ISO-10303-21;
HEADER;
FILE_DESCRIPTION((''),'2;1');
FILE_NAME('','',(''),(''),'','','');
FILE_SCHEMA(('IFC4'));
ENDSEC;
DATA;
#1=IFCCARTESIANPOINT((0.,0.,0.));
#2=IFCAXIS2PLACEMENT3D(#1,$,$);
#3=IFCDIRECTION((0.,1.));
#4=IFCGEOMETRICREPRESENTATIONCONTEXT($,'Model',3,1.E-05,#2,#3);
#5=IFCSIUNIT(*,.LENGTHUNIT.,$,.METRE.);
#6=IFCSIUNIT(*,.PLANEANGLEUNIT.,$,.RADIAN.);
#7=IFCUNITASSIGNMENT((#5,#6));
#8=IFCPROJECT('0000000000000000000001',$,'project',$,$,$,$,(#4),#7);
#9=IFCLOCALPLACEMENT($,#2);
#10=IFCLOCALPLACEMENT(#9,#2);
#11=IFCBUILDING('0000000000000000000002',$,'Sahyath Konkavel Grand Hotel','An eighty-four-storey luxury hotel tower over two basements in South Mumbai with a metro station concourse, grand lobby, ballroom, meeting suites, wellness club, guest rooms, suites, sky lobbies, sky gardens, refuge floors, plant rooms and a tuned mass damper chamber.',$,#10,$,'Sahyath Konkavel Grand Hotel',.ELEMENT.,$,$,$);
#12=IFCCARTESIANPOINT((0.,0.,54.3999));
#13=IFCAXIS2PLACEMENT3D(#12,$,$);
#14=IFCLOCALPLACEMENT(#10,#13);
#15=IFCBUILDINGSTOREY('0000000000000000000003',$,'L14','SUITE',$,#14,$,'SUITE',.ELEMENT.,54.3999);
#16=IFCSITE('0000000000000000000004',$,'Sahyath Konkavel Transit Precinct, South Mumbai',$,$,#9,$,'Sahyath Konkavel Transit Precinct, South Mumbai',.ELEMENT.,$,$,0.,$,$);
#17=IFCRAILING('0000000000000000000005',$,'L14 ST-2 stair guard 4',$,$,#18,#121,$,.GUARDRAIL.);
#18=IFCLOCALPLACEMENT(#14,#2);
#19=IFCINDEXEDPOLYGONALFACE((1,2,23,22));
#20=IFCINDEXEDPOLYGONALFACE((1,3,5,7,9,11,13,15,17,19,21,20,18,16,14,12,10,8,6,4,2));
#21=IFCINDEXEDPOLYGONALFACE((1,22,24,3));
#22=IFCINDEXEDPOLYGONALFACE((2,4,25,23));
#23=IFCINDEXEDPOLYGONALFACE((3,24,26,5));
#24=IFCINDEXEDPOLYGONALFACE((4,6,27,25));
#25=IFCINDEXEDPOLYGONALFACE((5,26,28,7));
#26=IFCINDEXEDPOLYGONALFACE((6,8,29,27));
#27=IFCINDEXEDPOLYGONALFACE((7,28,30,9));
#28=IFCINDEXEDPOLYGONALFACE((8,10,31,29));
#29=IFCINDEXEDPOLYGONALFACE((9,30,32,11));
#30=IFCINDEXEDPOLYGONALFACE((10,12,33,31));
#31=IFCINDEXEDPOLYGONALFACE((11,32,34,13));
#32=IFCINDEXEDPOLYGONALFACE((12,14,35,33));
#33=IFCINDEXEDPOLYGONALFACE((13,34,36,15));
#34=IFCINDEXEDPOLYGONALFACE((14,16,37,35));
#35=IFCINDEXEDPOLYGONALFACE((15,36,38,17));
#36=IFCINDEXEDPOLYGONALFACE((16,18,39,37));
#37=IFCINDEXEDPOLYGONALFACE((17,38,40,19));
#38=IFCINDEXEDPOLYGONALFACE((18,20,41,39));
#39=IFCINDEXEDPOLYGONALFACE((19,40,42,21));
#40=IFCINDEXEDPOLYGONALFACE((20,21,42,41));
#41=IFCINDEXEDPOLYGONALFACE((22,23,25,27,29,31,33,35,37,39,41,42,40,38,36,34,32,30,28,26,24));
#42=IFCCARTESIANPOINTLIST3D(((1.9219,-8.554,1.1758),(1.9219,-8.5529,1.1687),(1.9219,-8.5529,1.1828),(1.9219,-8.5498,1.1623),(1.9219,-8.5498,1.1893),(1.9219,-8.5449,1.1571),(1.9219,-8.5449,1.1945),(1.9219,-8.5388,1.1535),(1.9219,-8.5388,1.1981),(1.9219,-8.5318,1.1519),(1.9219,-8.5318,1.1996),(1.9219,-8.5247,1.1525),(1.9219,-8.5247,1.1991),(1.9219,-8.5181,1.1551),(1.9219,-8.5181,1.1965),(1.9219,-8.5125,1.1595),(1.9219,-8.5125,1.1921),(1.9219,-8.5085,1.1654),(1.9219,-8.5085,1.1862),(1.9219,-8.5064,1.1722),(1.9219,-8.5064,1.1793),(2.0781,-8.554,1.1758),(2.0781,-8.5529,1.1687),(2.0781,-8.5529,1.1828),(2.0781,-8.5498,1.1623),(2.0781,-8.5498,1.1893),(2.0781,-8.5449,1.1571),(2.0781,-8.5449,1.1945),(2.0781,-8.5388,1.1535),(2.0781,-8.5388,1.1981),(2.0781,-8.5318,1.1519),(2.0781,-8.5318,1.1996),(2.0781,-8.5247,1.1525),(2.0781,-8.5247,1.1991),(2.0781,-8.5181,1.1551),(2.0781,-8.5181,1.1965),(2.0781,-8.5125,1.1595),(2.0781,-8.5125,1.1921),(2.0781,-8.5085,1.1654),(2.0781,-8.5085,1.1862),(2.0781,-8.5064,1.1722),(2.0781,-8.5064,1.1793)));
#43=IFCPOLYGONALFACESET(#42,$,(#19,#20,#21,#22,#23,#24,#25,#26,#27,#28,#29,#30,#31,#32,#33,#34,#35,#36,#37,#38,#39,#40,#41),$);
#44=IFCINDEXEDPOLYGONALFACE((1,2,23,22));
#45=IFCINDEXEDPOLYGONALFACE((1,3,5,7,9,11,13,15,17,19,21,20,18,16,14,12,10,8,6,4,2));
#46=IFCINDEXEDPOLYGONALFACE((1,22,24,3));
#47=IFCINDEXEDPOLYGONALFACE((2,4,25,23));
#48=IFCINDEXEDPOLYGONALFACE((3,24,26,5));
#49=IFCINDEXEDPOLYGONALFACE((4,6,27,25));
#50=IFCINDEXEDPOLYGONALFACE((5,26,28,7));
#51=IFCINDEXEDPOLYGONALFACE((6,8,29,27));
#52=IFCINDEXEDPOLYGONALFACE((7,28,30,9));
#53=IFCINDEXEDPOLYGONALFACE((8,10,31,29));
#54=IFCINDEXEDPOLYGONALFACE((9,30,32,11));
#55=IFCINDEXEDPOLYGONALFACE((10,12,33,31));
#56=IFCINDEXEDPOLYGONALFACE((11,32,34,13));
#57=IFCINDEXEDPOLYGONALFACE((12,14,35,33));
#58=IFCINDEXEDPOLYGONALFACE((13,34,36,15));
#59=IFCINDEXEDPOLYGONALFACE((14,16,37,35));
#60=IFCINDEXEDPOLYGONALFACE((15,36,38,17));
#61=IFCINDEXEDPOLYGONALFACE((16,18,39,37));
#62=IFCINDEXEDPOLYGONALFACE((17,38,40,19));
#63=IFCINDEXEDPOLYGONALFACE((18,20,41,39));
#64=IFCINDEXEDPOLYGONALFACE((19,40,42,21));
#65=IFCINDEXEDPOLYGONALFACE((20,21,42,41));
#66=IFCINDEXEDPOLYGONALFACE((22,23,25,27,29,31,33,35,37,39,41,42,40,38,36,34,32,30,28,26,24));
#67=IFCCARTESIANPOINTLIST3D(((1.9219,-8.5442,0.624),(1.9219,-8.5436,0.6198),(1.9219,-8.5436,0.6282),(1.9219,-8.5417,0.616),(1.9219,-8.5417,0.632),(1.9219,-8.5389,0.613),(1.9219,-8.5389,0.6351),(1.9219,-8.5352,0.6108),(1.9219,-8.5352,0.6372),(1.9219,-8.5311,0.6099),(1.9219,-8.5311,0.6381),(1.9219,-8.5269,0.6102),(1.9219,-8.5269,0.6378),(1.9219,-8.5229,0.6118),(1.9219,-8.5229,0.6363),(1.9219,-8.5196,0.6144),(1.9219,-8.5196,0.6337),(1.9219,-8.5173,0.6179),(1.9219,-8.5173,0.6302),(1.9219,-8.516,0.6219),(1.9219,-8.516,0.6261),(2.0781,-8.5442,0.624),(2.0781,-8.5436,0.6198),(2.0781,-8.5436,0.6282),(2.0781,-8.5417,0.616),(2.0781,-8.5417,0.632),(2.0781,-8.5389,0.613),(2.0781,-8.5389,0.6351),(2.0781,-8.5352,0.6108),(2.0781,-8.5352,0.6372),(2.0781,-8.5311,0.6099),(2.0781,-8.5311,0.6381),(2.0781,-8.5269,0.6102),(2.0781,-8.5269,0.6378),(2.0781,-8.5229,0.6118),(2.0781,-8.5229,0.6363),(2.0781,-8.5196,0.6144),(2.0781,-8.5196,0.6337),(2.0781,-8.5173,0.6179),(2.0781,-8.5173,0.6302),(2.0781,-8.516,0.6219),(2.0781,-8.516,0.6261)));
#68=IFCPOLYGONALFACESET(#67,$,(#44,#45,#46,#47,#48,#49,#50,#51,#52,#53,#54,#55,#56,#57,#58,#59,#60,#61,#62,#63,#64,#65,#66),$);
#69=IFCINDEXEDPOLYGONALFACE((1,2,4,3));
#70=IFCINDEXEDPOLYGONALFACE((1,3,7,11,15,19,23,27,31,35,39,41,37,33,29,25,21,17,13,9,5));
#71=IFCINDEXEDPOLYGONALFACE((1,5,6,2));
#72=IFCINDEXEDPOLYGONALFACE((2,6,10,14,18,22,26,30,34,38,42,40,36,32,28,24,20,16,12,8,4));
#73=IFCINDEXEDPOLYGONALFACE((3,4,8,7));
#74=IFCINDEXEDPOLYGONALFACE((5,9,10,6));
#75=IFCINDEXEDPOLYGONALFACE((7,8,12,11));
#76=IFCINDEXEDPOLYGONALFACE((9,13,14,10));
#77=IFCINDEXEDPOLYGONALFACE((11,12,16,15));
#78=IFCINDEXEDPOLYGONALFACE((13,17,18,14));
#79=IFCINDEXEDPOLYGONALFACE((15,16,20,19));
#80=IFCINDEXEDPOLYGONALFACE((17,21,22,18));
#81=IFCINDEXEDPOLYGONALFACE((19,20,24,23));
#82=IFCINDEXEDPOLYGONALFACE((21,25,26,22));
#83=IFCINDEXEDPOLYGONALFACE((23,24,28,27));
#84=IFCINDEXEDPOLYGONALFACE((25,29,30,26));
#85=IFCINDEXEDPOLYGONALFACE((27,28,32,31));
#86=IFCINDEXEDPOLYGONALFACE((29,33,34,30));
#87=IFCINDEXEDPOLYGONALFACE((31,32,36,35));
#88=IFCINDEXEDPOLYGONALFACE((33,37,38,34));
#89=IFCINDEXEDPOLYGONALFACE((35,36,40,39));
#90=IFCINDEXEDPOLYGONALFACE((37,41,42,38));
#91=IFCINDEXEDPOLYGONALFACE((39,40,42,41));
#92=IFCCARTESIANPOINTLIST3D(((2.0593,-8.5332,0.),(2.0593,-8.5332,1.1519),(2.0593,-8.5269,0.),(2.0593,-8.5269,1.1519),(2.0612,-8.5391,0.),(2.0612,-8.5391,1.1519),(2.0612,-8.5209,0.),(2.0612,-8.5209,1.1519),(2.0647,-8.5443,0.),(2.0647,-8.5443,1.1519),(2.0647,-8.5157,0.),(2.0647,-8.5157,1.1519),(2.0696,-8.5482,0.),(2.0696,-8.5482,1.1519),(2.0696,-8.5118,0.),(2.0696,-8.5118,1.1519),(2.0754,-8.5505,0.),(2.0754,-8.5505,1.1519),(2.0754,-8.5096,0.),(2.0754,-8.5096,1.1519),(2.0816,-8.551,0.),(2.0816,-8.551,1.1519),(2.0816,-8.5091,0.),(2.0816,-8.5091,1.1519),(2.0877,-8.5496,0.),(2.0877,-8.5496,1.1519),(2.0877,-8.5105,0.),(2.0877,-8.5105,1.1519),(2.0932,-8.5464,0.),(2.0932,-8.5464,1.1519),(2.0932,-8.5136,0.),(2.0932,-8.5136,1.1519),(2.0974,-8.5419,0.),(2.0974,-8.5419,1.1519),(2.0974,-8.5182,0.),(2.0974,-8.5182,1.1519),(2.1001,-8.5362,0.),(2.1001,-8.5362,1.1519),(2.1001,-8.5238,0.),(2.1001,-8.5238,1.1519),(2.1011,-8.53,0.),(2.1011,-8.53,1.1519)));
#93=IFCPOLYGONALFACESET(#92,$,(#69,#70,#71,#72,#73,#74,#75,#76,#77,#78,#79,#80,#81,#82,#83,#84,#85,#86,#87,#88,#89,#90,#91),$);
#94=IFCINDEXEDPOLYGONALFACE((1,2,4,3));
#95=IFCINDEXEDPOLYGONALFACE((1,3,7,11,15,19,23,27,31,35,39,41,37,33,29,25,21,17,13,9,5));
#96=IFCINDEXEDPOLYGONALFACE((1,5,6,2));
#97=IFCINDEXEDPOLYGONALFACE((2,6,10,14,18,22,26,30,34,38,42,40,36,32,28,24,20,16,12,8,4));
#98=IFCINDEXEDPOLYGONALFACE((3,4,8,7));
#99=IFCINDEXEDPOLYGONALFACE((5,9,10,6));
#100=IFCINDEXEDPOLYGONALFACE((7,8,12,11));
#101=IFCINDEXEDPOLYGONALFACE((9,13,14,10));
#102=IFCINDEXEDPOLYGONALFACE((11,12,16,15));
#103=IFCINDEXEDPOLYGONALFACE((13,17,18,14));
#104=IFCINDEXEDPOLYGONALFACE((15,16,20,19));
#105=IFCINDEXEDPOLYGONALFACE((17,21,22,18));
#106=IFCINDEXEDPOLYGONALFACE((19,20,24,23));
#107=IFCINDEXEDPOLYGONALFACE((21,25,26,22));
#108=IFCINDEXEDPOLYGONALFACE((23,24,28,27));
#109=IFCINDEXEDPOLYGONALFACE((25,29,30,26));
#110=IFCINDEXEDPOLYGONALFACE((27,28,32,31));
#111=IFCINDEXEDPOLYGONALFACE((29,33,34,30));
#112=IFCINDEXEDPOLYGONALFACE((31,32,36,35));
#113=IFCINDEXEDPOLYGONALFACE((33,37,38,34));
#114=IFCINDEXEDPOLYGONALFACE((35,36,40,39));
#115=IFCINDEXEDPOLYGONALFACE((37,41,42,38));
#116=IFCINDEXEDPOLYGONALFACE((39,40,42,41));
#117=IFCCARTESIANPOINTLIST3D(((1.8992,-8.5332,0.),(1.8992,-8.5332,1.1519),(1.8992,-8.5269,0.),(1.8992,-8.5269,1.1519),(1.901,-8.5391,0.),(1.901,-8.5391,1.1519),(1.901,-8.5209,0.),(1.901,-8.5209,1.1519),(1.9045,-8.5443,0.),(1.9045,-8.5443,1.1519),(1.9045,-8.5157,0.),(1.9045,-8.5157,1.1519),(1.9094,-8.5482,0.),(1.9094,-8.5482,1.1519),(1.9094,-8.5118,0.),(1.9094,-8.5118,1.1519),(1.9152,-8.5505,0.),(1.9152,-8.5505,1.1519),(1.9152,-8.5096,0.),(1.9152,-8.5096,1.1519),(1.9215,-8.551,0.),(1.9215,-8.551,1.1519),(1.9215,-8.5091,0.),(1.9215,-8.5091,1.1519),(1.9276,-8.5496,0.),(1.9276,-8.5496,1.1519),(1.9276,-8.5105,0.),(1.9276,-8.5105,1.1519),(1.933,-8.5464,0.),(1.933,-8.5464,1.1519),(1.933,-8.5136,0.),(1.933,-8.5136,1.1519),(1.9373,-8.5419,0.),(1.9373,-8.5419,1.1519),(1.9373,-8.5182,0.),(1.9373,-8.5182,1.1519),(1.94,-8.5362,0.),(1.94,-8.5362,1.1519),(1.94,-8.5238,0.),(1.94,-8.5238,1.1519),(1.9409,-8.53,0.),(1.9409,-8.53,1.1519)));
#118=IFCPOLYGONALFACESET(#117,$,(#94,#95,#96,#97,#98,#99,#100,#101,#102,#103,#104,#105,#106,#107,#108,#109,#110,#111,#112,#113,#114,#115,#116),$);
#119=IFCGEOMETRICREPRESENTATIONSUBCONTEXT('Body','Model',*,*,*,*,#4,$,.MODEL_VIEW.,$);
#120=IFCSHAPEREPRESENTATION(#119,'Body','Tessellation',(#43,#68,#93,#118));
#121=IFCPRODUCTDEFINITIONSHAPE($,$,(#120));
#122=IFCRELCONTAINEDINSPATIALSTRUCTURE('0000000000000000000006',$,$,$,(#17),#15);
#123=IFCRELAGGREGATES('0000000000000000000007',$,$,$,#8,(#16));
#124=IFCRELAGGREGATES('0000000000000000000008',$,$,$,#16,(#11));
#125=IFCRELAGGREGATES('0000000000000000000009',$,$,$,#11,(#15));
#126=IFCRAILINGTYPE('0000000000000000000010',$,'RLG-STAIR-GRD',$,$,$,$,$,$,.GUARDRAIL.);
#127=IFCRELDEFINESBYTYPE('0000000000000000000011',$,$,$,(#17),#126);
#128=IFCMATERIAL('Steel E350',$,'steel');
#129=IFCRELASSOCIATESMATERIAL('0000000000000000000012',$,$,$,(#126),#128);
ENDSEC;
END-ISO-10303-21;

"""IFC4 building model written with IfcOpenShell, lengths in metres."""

from ifc_helpers import new_model, si_unit, direction, frame, origin, origin_2d, place, context, subcontext, project, spatial, circle, extrude, material, type_object, element, save


model = new_model("IFC4")

# Units and contexts
model_context = context("Model", 3, precision=1e-05, world=origin(), true_north=direction((0.0, 1.0)))
body_context = subcontext(model_context, "Body", "Model", "MODEL_VIEW")
ifc_project = project(units=[si_unit("LENGTHUNIT", "METRE"), si_unit("PLANEANGLEUNIT", "RADIAN")], contexts=[model_context])

# Site, building, storey
site_placement = place(None, origin())
site = spatial("IfcSite", under=ifc_project, at=site_placement, Name="Sahyath Konkavel Transit Precinct, South Mumbai", LongName="Sahyath Konkavel Transit Precinct, South Mumbai", CompositionType="ELEMENT", RefElevation=0.0)
building_placement = place(site_placement, origin())
building = spatial("IfcBuilding", under=site, at=building_placement, Name="Sahyath Konkavel Grand Hotel", Description="An eighty-four-storey luxury hotel tower over two basements in South Mumbai with a metro station concourse, grand lobby, ballroom, meeting suites, wellness club, guest rooms, suites, sky lobbies, sky gardens, refuge floors, plant rooms and a tuned mass damper chamber.", LongName="Sahyath Konkavel Grand Hotel", CompositionType="ELEMENT")
storey_placement = place(building_placement, frame((0.0, 0.0, 54.3999)))
storey = spatial("IfcBuildingStorey", under=building, at=storey_placement, Name="L14", Description="SUITE", LongName="SUITE", CompositionType="ELEMENT", Elevation=54.3999)

# Shared definitions
ifc_material_1 = material(Name="Steel E350", Category="steel")

# Railing
railing_type_1 = type_object("IfcRailingType", Name="RLG-STAIR-GRD", PredefinedType="GUARDRAIL", material=ifc_material_1)
railing_1_placement = place(storey_placement, frame((2.0801, -8.53, 0.0)))
element("IfcRailing", 1, at=railing_1_placement, inside=storey, type_object=railing_type_1, Name="L14 ST-2 stair guard 4", PredefinedType="GUARDRAIL", context=body_context, shape_type="SweptSolid", body=[
    extrude(circle(Radius=0.0239, at=origin_2d()), frame((-0.002, 0.0, 1.1758), z_axis=(-1.0, 0.0, 0.0), x_axis=(0.0, -1.0, 0.0)), (0.0, 0.0, 1.0), 0.1562),
    extrude(circle(Radius=0.0142, at=origin_2d()), frame((-0.002, 0.0, 0.624), z_axis=(-1.0, 0.0, 0.0), x_axis=(0.0, -1.0, 0.0)), (0.0, 0.0, 1.0), 0.1562),
    extrude(circle(Radius=0.021, at=origin_2d()), origin(), (0.0, 0.0, 1.0), 1.1519),
    extrude(circle(Radius=0.021, at=origin_2d()), frame((-0.1602, 0.0, 0.0)), (0.0, 0.0, 1.0), 1.1519),
])

save(model, "model.ifc")
